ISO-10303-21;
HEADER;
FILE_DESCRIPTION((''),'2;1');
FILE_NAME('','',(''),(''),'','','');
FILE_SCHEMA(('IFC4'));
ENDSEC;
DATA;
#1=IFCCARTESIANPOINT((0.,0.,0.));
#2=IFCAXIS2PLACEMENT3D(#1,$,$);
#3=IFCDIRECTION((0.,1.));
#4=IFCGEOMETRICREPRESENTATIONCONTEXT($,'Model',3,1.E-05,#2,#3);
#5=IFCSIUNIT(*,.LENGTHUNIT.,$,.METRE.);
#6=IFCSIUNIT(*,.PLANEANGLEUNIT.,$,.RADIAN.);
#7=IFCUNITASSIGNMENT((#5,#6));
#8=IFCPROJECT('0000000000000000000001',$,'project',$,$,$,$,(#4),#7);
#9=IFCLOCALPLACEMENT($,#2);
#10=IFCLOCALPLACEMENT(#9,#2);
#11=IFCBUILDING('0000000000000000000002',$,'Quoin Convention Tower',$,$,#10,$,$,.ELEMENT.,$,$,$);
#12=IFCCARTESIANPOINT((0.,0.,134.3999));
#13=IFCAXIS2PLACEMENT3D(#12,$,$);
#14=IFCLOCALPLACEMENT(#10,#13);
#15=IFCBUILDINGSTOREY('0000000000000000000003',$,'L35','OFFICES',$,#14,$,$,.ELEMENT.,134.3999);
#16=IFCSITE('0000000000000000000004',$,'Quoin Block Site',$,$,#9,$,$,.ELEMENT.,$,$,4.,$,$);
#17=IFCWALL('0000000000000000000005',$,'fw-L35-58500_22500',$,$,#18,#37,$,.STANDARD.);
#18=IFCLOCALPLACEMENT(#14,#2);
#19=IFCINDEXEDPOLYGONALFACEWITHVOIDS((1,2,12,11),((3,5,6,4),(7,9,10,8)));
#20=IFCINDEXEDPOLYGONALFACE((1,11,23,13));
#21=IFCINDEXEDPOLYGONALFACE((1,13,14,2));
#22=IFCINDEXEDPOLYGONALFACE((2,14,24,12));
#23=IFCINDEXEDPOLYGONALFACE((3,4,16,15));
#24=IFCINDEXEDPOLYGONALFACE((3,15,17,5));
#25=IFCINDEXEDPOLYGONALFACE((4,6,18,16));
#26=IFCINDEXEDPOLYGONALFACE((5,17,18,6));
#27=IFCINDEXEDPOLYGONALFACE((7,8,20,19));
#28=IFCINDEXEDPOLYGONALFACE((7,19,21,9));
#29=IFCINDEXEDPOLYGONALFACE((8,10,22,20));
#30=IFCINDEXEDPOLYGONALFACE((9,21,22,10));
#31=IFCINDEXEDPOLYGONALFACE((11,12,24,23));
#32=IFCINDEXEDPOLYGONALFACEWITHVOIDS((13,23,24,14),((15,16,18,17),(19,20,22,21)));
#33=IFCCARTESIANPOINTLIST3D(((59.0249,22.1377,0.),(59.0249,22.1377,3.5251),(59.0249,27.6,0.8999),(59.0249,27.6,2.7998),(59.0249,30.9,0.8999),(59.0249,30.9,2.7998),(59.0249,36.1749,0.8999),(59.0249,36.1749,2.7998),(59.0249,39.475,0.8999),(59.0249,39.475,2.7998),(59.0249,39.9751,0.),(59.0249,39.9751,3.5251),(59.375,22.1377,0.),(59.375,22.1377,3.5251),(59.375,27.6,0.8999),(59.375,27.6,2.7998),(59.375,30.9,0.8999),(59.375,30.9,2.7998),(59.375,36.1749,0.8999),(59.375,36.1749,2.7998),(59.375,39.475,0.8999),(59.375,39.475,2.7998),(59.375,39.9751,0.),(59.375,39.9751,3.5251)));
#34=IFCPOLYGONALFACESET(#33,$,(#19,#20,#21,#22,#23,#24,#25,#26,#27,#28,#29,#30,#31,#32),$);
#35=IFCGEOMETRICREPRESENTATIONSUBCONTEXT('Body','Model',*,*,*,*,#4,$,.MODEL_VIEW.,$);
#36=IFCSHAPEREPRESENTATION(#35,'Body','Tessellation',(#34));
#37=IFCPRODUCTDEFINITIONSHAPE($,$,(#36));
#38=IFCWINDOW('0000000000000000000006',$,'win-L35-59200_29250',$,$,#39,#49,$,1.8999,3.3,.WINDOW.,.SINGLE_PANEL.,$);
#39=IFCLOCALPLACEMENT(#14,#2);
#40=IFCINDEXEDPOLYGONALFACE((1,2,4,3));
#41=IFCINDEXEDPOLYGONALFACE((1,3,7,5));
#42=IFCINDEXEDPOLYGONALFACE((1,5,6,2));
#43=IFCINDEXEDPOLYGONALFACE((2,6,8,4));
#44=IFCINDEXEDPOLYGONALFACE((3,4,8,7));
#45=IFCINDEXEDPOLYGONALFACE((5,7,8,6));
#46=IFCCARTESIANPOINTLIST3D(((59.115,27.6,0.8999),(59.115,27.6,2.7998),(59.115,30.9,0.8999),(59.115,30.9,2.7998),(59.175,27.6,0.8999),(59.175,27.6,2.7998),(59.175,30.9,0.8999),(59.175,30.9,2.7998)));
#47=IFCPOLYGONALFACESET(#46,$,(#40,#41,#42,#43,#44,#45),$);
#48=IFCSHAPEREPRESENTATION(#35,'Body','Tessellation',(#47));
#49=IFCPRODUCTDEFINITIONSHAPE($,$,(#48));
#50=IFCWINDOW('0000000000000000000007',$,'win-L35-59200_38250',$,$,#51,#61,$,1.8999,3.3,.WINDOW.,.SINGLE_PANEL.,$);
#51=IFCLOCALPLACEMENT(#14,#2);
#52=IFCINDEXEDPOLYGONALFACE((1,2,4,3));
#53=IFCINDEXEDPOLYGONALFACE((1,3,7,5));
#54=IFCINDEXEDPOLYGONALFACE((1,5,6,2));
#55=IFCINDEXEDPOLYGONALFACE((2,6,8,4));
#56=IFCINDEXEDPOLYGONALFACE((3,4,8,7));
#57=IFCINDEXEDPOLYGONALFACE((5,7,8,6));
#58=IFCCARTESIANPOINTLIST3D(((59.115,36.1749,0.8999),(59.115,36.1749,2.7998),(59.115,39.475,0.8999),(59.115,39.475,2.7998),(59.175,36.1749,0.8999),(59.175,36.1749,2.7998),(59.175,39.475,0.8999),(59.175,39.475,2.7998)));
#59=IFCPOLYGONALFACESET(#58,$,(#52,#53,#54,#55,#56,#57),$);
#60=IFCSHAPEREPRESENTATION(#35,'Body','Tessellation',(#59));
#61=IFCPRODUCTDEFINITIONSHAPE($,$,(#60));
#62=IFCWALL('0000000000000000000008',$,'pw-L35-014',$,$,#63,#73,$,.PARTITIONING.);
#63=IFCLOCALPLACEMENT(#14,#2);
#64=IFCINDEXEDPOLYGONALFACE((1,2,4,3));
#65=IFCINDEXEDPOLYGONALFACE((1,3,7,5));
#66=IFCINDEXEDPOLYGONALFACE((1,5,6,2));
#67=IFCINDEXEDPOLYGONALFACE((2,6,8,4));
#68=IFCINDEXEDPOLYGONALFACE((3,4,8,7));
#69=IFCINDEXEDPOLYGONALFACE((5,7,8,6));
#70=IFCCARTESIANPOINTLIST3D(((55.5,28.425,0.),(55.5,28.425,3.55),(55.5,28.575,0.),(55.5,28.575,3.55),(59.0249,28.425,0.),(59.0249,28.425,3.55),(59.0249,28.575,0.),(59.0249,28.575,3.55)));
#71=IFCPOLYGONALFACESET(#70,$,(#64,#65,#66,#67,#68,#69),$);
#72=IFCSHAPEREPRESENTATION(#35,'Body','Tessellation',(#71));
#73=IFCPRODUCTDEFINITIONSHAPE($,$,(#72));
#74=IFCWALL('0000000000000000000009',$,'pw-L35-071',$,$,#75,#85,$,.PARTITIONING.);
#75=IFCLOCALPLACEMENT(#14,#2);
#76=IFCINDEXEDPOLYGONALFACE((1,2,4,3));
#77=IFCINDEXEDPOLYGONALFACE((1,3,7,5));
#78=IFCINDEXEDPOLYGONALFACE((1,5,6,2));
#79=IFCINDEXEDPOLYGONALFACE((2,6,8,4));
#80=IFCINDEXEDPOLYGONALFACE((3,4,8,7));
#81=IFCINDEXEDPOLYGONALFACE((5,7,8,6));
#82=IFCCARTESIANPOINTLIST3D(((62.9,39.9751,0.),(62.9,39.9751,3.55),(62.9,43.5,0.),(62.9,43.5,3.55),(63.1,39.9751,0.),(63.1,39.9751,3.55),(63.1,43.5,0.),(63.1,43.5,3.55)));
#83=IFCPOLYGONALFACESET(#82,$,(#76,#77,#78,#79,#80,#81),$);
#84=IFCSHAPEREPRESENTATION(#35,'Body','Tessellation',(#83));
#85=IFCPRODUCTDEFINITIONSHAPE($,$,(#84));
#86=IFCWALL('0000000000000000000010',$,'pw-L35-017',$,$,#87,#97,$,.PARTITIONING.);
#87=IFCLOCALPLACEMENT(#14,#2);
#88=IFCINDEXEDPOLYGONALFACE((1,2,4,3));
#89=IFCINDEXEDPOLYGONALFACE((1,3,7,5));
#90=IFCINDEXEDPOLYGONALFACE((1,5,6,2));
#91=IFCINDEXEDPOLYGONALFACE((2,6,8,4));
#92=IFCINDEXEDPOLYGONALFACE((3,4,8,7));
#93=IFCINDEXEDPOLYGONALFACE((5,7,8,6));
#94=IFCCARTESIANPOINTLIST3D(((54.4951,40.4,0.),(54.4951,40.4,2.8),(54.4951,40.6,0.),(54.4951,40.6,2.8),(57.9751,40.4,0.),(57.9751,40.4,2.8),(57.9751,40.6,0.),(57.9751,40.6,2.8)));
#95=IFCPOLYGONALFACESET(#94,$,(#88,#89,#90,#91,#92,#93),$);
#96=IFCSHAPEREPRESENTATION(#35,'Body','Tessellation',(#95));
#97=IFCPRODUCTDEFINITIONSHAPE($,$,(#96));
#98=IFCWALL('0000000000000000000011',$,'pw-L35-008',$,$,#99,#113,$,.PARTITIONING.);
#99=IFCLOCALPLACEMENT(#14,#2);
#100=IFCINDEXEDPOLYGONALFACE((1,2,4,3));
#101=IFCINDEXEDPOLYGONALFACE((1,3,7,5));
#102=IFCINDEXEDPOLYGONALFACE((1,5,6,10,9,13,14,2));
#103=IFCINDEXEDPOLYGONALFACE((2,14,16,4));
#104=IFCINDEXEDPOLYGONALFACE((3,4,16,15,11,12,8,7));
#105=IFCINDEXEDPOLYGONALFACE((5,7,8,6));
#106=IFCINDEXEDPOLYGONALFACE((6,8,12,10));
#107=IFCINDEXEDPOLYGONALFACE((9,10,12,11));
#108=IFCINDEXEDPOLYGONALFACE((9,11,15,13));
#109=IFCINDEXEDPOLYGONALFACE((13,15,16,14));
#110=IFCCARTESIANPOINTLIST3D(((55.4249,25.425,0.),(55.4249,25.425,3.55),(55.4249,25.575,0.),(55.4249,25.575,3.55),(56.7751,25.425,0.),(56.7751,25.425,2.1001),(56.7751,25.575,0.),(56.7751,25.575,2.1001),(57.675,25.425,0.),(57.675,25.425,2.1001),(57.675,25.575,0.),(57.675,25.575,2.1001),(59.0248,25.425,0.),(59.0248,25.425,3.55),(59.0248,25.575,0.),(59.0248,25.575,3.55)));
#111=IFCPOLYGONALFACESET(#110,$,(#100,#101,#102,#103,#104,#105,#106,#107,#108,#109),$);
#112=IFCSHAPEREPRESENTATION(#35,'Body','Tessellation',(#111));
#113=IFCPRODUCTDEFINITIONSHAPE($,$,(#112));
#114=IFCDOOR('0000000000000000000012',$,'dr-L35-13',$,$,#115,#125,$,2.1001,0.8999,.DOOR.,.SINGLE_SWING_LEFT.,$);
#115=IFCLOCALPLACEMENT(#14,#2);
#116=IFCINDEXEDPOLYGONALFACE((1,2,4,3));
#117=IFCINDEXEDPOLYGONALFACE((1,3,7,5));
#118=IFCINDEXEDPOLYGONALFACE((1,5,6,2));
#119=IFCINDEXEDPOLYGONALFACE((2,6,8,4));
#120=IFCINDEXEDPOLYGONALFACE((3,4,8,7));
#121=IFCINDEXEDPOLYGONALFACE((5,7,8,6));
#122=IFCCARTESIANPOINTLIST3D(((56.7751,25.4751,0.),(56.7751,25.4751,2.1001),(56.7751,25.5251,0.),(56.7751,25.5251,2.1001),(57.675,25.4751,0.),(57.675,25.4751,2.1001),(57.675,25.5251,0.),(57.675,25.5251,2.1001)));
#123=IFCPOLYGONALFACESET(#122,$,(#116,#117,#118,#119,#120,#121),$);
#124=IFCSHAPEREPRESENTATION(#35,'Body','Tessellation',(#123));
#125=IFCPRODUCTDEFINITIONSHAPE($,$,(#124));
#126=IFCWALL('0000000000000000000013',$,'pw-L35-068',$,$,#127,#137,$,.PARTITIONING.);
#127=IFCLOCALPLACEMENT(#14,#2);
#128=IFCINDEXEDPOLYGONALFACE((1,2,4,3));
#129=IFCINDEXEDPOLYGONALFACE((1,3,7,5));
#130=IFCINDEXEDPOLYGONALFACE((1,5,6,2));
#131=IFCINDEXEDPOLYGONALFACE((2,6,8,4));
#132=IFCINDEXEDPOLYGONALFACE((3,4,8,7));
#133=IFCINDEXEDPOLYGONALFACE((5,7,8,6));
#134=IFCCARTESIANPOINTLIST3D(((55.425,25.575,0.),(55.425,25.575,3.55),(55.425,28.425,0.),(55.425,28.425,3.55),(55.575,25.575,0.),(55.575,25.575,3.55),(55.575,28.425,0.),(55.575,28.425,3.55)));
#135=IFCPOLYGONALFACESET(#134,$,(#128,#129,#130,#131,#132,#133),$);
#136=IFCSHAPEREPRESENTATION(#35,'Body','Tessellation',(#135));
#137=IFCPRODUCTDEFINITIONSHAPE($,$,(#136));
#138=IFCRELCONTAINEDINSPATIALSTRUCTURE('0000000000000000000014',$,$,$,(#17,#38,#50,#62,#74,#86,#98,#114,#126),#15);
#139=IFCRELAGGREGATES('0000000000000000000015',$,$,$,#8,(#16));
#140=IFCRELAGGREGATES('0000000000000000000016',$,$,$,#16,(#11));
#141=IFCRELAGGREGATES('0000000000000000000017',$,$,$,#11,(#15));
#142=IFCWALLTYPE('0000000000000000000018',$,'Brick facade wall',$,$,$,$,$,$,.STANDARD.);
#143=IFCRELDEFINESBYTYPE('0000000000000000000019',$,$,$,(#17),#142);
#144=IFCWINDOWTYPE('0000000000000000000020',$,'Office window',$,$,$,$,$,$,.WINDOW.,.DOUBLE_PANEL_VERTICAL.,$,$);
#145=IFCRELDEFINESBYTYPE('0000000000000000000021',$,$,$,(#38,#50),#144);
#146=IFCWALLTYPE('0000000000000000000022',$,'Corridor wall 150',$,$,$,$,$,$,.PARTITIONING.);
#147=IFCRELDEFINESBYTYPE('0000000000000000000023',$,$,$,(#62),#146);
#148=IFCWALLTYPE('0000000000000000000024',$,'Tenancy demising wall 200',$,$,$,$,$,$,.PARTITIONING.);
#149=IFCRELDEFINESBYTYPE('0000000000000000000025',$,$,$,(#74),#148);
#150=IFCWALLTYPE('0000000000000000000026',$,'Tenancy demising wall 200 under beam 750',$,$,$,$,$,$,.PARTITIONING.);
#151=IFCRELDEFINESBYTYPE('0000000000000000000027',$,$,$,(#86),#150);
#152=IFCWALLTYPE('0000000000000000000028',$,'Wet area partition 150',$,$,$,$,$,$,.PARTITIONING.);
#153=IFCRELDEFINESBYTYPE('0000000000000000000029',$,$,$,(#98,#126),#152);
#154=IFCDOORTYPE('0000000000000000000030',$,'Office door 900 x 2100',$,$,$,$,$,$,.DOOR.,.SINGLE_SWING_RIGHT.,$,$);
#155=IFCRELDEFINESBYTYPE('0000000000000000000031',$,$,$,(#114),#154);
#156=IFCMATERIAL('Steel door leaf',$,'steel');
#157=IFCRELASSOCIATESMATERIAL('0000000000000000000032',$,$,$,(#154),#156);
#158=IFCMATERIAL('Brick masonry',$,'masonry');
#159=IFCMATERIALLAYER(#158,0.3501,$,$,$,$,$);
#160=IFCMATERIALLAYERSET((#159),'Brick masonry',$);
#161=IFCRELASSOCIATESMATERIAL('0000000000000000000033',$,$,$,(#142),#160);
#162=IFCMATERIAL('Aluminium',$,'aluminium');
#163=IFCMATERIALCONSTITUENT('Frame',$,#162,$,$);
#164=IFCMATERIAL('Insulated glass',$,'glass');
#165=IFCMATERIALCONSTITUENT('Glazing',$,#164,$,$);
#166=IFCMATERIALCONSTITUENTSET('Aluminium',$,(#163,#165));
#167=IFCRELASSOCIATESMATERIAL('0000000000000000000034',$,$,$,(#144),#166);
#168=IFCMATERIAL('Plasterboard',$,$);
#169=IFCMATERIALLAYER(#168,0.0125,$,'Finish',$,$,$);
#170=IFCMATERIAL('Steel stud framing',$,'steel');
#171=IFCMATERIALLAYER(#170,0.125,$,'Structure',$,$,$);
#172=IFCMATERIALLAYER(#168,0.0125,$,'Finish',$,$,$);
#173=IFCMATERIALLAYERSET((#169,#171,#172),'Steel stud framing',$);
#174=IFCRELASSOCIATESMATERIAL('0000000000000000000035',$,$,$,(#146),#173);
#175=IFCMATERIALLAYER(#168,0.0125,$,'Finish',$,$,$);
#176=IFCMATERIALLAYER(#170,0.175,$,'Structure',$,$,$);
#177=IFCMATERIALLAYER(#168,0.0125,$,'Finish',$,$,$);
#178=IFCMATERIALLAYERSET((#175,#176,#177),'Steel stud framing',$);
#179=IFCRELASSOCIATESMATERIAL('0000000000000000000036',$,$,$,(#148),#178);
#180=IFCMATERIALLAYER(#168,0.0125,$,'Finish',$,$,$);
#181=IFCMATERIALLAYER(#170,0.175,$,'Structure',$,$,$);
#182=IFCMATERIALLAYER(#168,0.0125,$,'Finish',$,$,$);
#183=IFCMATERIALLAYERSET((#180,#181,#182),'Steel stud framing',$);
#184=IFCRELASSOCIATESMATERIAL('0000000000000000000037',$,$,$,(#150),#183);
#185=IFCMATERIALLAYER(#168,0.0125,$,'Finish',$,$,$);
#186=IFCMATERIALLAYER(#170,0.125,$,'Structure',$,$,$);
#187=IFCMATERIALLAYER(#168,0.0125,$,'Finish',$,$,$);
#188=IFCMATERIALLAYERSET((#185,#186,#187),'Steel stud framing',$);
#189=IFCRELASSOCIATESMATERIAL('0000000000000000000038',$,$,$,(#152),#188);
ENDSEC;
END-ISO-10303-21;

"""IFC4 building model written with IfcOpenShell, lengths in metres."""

from ifc_helpers import new_model, si_unit, direction, frame, frame_2d, origin, place, context, subcontext, project, spatial, rectangle, extrude, material, layer, layer_set, constituent, constituent_set, type_object, element, fill, save


model = new_model("IFC4")

# Units and contexts
model_context = context("Model", 3, precision=1e-05, world=origin(), true_north=direction((0.0, 1.0)))
body_context = subcontext(model_context, "Body", "Model", "MODEL_VIEW")
ifc_project = project(units=[si_unit("LENGTHUNIT", "METRE"), si_unit("PLANEANGLEUNIT", "RADIAN")], contexts=[model_context])

# Site, building, storey
site_placement = place(None, origin())
site = spatial("IfcSite", under=ifc_project, at=site_placement, Name="Quoin Block Site", CompositionType="ELEMENT", RefElevation=4.0)
building_placement = place(site_placement, origin())
building = spatial("IfcBuilding", under=site, at=building_placement, Name="Quoin Convention Tower", CompositionType="ELEMENT")
storey_placement = place(building_placement, frame((0.0, 0.0, 134.3999)))
storey = spatial("IfcBuildingStorey", under=building, at=storey_placement, Name="L35", Description="OFFICES", CompositionType="ELEMENT", Elevation=134.3999)

# Shared definitions
ifc_material_1 = material(Name="Plasterboard")
ifc_material_2 = material(Name="Steel stud framing", Category="steel")
ifc_material_3 = material(Name="Steel door leaf", Category="steel")
door_type = type_object("IfcDoorType", Name="Office door 900 x 2100", OperationType="SINGLE_SWING_RIGHT", PredefinedType="DOOR", material=ifc_material_3)

# Shared definitions
ifc_material_4 = material(Name="Brick masonry", Category="masonry")
ifc_layer_1 = layer(ifc_material_4, 0.3501)
ifc_layer_set_1 = layer_set([ifc_layer_1], Name="Brick masonry")
wall_type_1 = type_object("IfcWallType", Name="Brick facade wall", PredefinedType="STANDARD", material=ifc_layer_set_1)
ifc_material_5 = material(Name="Aluminium", Category="aluminium")
ifc_constituent_1 = constituent(ifc_material_5, Name="Frame")
ifc_material_6 = material(Name="Insulated glass", Category="glass")
ifc_constituent_2 = constituent(ifc_material_6, Name="Glazing")
ifc_constituent_set = constituent_set(constituents=[ifc_constituent_1, ifc_constituent_2], Name="Aluminium")
window_type = type_object("IfcWindowType", Name="Office window", PartitioningType="DOUBLE_PANEL_VERTICAL", PredefinedType="WINDOW", material=ifc_constituent_set)

# Wall, openings, windows
wall_1_placement = place(storey_placement, frame((59.2, 22.1377, 0.0), z_axis=(0.0, 0.0, 1.0), x_axis=(0.0, 1.0, 0.0)))
wall_1 = element("IfcWall", 1, at=wall_1_placement, inside=storey, type_object=wall_type_1, Name="fw-L35-58500_22500", PredefinedType="STANDARD", context=body_context, shape_type="SweptSolid", body=[
    extrude(rectangle(XDim=17.8374, YDim=0.3501, at=frame_2d((8.9187, 0.0))), origin(), (0.0, 0.0, 1.0), 3.5251),
])
opening_1_placement = place(wall_1_placement, frame((5.4624, 0.0, 0.8999)))
opening_1 = element("IfcOpeningElement", 2, at=opening_1_placement, cuts=wall_1, PredefinedType="OPENING", context=body_context, shape_type="SweptSolid", body=[
    extrude(rectangle(XDim=3.3, YDim=1.8999, at=frame_2d((1.6499, 0.95))), frame((0.0, 0.1851, 0.0), z_axis=(0.0, -1.0, 0.0), x_axis=(1.0, 0.0, 0.0)), (0.0, 0.0, 1.0), 0.3701),
])
opening_2_placement = place(wall_1_placement, frame((14.0374, 0.0, 0.8999)))
opening_2 = element("IfcOpeningElement", 3, at=opening_2_placement, cuts=wall_1, PredefinedType="OPENING", context=body_context, shape_type="SweptSolid", body=[
    extrude(rectangle(XDim=3.3, YDim=1.8999, at=frame_2d((1.6499, 0.95))), frame((0.0, 0.1851, 0.0), z_axis=(0.0, -1.0, 0.0), x_axis=(1.0, 0.0, 0.0)), (0.0, 0.0, 1.0), 0.3701),
])
window_1_placement = place(opening_1_placement, origin())
window_1 = element("IfcWindow", 4, at=window_1_placement, inside=storey, type_object=window_type, Name="win-L35-59200_29250", OverallHeight=1.8999, OverallWidth=3.3, PartitioningType="SINGLE_PANEL", PredefinedType="WINDOW", context=body_context, shape_type="SweptSolid", body=[
    extrude(rectangle(XDim=3.3, YDim=1.8999, at=frame_2d((1.6499, 0.95))), frame((0.0, 0.085, 0.0), z_axis=(0.0, -1.0, 0.0), x_axis=(1.0, 0.0, 0.0)), (0.0, 0.0, 1.0), 0.0601),
])
fill(opening_1, window_1)
window_2_placement = place(opening_2_placement, origin())
window_2 = element("IfcWindow", 5, at=window_2_placement, inside=storey, type_object=window_type, Name="win-L35-59200_38250", OverallHeight=1.8999, OverallWidth=3.3, PartitioningType="SINGLE_PANEL", PredefinedType="WINDOW", context=body_context, shape_type="SweptSolid", body=[
    extrude(rectangle(XDim=3.3, YDim=1.8999, at=frame_2d((1.6499, 0.95))), frame((0.0, 0.085, 0.0), z_axis=(0.0, -1.0, 0.0), x_axis=(1.0, 0.0, 0.0)), (0.0, 0.0, 1.0), 0.0601),
])
fill(opening_2, window_2)

# Walls
ifc_layer_2 = layer(ifc_material_1, 0.0125, Name="Finish")
ifc_layer_3 = layer(ifc_material_2, 0.125, Name="Structure")
ifc_layer_4 = layer(ifc_material_1, 0.0125, Name="Finish")
ifc_layer_set_2 = layer_set([ifc_layer_2, ifc_layer_3, ifc_layer_4], Name="Steel stud framing")
wall_type_2 = type_object("IfcWallType", Name="Corridor wall 150", PredefinedType="PARTITIONING", material=ifc_layer_set_2)
wall_2_placement = place(storey_placement, frame((55.5, 28.5, 0.0), z_axis=(0.0, 0.0, 1.0), x_axis=(1.0, 0.0, 0.0)))
element("IfcWall", 6, at=wall_2_placement, inside=storey, type_object=wall_type_2, Name="pw-L35-014", PredefinedType="PARTITIONING", context=body_context, shape_type="SweptSolid", body=[
    extrude(rectangle(XDim=3.5249, YDim=0.1499, at=frame_2d((1.7625, 0.0))), origin(), (0.0, 0.0, 1.0), 3.55),
])
ifc_layer_5 = layer(ifc_material_1, 0.0125, Name="Finish")
ifc_layer_6 = layer(ifc_material_2, 0.175, Name="Structure")
ifc_layer_7 = layer(ifc_material_1, 0.0125, Name="Finish")
ifc_layer_set_3 = layer_set([ifc_layer_5, ifc_layer_6, ifc_layer_7], Name="Steel stud framing")
wall_type_3 = type_object("IfcWallType", Name="Tenancy demising wall 200", PredefinedType="PARTITIONING", material=ifc_layer_set_3)
wall_3_placement = place(storey_placement, frame((63.0, 39.9751, 0.0), z_axis=(0.0, 0.0, 1.0), x_axis=(0.0, 1.0, 0.0)))
element("IfcWall", 7, at=wall_3_placement, inside=storey, type_object=wall_type_3, Name="pw-L35-071", PredefinedType="PARTITIONING", context=body_context, shape_type="SweptSolid", body=[
    extrude(rectangle(XDim=3.5249, YDim=0.2, at=frame_2d((1.7625, 0.0))), origin(), (0.0, 0.0, 1.0), 3.55),
])
ifc_layer_8 = layer(ifc_material_1, 0.0125, Name="Finish")
ifc_layer_9 = layer(ifc_material_2, 0.175, Name="Structure")
ifc_layer_10 = layer(ifc_material_1, 0.0125, Name="Finish")
ifc_layer_set_4 = layer_set([ifc_layer_8, ifc_layer_9, ifc_layer_10], Name="Steel stud framing")
wall_type_4 = type_object("IfcWallType", Name="Tenancy demising wall 200 under beam 750", PredefinedType="PARTITIONING", material=ifc_layer_set_4)
wall_4_placement = place(storey_placement, frame((54.4951, 40.5, 0.0), z_axis=(0.0, 0.0, 1.0), x_axis=(1.0, 0.0, 0.0)))
element("IfcWall", 8, at=wall_4_placement, inside=storey, type_object=wall_type_4, Name="pw-L35-017", PredefinedType="PARTITIONING", context=body_context, shape_type="SweptSolid", body=[
    extrude(rectangle(XDim=3.48, YDim=0.2, at=frame_2d((1.74, 0.0))), origin(), (0.0, 0.0, 1.0), 2.8),
])

# Wall, opening, door
ifc_layer_11 = layer(ifc_material_1, 0.0125, Name="Finish")
ifc_layer_12 = layer(ifc_material_2, 0.125, Name="Structure")
ifc_layer_13 = layer(ifc_material_1, 0.0125, Name="Finish")
ifc_layer_set_5 = layer_set([ifc_layer_11, ifc_layer_12, ifc_layer_13], Name="Steel stud framing")
wall_type_5 = type_object("IfcWallType", Name="Wet area partition 150", PredefinedType="PARTITIONING", material=ifc_layer_set_5)
wall_5_placement = place(storey_placement, frame((55.425, 25.5, 0.0), z_axis=(0.0, 0.0, 1.0), x_axis=(1.0, 0.0, 0.0)))
wall_5 = element("IfcWall", 9, at=wall_5_placement, inside=storey, type_object=wall_type_5, Name="pw-L35-008", PredefinedType="PARTITIONING", context=body_context, shape_type="SweptSolid", body=[
    extrude(rectangle(XDim=3.5999, YDim=0.1499, at=frame_2d((1.7998, 0.0))), origin(), (0.0, 0.0, 1.0), 3.55),
])
opening_3_placement = place(wall_5_placement, frame((1.3501, 0.0, 0.0)))
opening_3 = element("IfcOpeningElement", 10, at=opening_3_placement, cuts=wall_5, PredefinedType="OPENING", context=body_context, shape_type="SweptSolid", body=[
    extrude(rectangle(XDim=0.8999, YDim=2.1001, at=frame_2d((0.45, 1.05))), frame((0.0, 0.085, 0.0), z_axis=(0.0, -1.0, 0.0), x_axis=(1.0, 0.0, 0.0)), (0.0, 0.0, 1.0), 0.1699),
])
door_1_placement = place(opening_3_placement, frame((0.8999, 0.0, 0.0), z_axis=(0.0, 0.0, 1.0), x_axis=(-1.0, 0.0, 0.0)))
door_1 = element("IfcDoor", 11, at=door_1_placement, inside=storey, type_object=door_type, Name="dr-L35-13", OperationType="SINGLE_SWING_LEFT", OverallHeight=2.1001, OverallWidth=0.8999, PredefinedType="DOOR", context=body_context, shape_type="SweptSolid", body=[
    extrude(rectangle(XDim=0.8999, YDim=2.1001, at=frame_2d((0.45, 1.05))), frame((0.0, 0.0249, 0.0), z_axis=(0.0, -1.0, 0.0), x_axis=(1.0, 0.0, 0.0)), (0.0, 0.0, 1.0), 0.05),
])
fill(opening_3, door_1)

# Wall
wall_6_placement = place(storey_placement, frame((55.5, 25.575, 0.0), z_axis=(0.0, 0.0, 1.0), x_axis=(0.0, 1.0, 0.0)))
element("IfcWall", 12, at=wall_6_placement, inside=storey, type_object=wall_type_5, Name="pw-L35-068", PredefinedType="PARTITIONING", context=body_context, shape_type="SweptSolid", body=[
    extrude(rectangle(XDim=2.8501, YDim=0.1499, at=frame_2d((1.425, 0.0))), origin(), (0.0, 0.0, 1.0), 3.55),
])

save(model, "model.ifc")
